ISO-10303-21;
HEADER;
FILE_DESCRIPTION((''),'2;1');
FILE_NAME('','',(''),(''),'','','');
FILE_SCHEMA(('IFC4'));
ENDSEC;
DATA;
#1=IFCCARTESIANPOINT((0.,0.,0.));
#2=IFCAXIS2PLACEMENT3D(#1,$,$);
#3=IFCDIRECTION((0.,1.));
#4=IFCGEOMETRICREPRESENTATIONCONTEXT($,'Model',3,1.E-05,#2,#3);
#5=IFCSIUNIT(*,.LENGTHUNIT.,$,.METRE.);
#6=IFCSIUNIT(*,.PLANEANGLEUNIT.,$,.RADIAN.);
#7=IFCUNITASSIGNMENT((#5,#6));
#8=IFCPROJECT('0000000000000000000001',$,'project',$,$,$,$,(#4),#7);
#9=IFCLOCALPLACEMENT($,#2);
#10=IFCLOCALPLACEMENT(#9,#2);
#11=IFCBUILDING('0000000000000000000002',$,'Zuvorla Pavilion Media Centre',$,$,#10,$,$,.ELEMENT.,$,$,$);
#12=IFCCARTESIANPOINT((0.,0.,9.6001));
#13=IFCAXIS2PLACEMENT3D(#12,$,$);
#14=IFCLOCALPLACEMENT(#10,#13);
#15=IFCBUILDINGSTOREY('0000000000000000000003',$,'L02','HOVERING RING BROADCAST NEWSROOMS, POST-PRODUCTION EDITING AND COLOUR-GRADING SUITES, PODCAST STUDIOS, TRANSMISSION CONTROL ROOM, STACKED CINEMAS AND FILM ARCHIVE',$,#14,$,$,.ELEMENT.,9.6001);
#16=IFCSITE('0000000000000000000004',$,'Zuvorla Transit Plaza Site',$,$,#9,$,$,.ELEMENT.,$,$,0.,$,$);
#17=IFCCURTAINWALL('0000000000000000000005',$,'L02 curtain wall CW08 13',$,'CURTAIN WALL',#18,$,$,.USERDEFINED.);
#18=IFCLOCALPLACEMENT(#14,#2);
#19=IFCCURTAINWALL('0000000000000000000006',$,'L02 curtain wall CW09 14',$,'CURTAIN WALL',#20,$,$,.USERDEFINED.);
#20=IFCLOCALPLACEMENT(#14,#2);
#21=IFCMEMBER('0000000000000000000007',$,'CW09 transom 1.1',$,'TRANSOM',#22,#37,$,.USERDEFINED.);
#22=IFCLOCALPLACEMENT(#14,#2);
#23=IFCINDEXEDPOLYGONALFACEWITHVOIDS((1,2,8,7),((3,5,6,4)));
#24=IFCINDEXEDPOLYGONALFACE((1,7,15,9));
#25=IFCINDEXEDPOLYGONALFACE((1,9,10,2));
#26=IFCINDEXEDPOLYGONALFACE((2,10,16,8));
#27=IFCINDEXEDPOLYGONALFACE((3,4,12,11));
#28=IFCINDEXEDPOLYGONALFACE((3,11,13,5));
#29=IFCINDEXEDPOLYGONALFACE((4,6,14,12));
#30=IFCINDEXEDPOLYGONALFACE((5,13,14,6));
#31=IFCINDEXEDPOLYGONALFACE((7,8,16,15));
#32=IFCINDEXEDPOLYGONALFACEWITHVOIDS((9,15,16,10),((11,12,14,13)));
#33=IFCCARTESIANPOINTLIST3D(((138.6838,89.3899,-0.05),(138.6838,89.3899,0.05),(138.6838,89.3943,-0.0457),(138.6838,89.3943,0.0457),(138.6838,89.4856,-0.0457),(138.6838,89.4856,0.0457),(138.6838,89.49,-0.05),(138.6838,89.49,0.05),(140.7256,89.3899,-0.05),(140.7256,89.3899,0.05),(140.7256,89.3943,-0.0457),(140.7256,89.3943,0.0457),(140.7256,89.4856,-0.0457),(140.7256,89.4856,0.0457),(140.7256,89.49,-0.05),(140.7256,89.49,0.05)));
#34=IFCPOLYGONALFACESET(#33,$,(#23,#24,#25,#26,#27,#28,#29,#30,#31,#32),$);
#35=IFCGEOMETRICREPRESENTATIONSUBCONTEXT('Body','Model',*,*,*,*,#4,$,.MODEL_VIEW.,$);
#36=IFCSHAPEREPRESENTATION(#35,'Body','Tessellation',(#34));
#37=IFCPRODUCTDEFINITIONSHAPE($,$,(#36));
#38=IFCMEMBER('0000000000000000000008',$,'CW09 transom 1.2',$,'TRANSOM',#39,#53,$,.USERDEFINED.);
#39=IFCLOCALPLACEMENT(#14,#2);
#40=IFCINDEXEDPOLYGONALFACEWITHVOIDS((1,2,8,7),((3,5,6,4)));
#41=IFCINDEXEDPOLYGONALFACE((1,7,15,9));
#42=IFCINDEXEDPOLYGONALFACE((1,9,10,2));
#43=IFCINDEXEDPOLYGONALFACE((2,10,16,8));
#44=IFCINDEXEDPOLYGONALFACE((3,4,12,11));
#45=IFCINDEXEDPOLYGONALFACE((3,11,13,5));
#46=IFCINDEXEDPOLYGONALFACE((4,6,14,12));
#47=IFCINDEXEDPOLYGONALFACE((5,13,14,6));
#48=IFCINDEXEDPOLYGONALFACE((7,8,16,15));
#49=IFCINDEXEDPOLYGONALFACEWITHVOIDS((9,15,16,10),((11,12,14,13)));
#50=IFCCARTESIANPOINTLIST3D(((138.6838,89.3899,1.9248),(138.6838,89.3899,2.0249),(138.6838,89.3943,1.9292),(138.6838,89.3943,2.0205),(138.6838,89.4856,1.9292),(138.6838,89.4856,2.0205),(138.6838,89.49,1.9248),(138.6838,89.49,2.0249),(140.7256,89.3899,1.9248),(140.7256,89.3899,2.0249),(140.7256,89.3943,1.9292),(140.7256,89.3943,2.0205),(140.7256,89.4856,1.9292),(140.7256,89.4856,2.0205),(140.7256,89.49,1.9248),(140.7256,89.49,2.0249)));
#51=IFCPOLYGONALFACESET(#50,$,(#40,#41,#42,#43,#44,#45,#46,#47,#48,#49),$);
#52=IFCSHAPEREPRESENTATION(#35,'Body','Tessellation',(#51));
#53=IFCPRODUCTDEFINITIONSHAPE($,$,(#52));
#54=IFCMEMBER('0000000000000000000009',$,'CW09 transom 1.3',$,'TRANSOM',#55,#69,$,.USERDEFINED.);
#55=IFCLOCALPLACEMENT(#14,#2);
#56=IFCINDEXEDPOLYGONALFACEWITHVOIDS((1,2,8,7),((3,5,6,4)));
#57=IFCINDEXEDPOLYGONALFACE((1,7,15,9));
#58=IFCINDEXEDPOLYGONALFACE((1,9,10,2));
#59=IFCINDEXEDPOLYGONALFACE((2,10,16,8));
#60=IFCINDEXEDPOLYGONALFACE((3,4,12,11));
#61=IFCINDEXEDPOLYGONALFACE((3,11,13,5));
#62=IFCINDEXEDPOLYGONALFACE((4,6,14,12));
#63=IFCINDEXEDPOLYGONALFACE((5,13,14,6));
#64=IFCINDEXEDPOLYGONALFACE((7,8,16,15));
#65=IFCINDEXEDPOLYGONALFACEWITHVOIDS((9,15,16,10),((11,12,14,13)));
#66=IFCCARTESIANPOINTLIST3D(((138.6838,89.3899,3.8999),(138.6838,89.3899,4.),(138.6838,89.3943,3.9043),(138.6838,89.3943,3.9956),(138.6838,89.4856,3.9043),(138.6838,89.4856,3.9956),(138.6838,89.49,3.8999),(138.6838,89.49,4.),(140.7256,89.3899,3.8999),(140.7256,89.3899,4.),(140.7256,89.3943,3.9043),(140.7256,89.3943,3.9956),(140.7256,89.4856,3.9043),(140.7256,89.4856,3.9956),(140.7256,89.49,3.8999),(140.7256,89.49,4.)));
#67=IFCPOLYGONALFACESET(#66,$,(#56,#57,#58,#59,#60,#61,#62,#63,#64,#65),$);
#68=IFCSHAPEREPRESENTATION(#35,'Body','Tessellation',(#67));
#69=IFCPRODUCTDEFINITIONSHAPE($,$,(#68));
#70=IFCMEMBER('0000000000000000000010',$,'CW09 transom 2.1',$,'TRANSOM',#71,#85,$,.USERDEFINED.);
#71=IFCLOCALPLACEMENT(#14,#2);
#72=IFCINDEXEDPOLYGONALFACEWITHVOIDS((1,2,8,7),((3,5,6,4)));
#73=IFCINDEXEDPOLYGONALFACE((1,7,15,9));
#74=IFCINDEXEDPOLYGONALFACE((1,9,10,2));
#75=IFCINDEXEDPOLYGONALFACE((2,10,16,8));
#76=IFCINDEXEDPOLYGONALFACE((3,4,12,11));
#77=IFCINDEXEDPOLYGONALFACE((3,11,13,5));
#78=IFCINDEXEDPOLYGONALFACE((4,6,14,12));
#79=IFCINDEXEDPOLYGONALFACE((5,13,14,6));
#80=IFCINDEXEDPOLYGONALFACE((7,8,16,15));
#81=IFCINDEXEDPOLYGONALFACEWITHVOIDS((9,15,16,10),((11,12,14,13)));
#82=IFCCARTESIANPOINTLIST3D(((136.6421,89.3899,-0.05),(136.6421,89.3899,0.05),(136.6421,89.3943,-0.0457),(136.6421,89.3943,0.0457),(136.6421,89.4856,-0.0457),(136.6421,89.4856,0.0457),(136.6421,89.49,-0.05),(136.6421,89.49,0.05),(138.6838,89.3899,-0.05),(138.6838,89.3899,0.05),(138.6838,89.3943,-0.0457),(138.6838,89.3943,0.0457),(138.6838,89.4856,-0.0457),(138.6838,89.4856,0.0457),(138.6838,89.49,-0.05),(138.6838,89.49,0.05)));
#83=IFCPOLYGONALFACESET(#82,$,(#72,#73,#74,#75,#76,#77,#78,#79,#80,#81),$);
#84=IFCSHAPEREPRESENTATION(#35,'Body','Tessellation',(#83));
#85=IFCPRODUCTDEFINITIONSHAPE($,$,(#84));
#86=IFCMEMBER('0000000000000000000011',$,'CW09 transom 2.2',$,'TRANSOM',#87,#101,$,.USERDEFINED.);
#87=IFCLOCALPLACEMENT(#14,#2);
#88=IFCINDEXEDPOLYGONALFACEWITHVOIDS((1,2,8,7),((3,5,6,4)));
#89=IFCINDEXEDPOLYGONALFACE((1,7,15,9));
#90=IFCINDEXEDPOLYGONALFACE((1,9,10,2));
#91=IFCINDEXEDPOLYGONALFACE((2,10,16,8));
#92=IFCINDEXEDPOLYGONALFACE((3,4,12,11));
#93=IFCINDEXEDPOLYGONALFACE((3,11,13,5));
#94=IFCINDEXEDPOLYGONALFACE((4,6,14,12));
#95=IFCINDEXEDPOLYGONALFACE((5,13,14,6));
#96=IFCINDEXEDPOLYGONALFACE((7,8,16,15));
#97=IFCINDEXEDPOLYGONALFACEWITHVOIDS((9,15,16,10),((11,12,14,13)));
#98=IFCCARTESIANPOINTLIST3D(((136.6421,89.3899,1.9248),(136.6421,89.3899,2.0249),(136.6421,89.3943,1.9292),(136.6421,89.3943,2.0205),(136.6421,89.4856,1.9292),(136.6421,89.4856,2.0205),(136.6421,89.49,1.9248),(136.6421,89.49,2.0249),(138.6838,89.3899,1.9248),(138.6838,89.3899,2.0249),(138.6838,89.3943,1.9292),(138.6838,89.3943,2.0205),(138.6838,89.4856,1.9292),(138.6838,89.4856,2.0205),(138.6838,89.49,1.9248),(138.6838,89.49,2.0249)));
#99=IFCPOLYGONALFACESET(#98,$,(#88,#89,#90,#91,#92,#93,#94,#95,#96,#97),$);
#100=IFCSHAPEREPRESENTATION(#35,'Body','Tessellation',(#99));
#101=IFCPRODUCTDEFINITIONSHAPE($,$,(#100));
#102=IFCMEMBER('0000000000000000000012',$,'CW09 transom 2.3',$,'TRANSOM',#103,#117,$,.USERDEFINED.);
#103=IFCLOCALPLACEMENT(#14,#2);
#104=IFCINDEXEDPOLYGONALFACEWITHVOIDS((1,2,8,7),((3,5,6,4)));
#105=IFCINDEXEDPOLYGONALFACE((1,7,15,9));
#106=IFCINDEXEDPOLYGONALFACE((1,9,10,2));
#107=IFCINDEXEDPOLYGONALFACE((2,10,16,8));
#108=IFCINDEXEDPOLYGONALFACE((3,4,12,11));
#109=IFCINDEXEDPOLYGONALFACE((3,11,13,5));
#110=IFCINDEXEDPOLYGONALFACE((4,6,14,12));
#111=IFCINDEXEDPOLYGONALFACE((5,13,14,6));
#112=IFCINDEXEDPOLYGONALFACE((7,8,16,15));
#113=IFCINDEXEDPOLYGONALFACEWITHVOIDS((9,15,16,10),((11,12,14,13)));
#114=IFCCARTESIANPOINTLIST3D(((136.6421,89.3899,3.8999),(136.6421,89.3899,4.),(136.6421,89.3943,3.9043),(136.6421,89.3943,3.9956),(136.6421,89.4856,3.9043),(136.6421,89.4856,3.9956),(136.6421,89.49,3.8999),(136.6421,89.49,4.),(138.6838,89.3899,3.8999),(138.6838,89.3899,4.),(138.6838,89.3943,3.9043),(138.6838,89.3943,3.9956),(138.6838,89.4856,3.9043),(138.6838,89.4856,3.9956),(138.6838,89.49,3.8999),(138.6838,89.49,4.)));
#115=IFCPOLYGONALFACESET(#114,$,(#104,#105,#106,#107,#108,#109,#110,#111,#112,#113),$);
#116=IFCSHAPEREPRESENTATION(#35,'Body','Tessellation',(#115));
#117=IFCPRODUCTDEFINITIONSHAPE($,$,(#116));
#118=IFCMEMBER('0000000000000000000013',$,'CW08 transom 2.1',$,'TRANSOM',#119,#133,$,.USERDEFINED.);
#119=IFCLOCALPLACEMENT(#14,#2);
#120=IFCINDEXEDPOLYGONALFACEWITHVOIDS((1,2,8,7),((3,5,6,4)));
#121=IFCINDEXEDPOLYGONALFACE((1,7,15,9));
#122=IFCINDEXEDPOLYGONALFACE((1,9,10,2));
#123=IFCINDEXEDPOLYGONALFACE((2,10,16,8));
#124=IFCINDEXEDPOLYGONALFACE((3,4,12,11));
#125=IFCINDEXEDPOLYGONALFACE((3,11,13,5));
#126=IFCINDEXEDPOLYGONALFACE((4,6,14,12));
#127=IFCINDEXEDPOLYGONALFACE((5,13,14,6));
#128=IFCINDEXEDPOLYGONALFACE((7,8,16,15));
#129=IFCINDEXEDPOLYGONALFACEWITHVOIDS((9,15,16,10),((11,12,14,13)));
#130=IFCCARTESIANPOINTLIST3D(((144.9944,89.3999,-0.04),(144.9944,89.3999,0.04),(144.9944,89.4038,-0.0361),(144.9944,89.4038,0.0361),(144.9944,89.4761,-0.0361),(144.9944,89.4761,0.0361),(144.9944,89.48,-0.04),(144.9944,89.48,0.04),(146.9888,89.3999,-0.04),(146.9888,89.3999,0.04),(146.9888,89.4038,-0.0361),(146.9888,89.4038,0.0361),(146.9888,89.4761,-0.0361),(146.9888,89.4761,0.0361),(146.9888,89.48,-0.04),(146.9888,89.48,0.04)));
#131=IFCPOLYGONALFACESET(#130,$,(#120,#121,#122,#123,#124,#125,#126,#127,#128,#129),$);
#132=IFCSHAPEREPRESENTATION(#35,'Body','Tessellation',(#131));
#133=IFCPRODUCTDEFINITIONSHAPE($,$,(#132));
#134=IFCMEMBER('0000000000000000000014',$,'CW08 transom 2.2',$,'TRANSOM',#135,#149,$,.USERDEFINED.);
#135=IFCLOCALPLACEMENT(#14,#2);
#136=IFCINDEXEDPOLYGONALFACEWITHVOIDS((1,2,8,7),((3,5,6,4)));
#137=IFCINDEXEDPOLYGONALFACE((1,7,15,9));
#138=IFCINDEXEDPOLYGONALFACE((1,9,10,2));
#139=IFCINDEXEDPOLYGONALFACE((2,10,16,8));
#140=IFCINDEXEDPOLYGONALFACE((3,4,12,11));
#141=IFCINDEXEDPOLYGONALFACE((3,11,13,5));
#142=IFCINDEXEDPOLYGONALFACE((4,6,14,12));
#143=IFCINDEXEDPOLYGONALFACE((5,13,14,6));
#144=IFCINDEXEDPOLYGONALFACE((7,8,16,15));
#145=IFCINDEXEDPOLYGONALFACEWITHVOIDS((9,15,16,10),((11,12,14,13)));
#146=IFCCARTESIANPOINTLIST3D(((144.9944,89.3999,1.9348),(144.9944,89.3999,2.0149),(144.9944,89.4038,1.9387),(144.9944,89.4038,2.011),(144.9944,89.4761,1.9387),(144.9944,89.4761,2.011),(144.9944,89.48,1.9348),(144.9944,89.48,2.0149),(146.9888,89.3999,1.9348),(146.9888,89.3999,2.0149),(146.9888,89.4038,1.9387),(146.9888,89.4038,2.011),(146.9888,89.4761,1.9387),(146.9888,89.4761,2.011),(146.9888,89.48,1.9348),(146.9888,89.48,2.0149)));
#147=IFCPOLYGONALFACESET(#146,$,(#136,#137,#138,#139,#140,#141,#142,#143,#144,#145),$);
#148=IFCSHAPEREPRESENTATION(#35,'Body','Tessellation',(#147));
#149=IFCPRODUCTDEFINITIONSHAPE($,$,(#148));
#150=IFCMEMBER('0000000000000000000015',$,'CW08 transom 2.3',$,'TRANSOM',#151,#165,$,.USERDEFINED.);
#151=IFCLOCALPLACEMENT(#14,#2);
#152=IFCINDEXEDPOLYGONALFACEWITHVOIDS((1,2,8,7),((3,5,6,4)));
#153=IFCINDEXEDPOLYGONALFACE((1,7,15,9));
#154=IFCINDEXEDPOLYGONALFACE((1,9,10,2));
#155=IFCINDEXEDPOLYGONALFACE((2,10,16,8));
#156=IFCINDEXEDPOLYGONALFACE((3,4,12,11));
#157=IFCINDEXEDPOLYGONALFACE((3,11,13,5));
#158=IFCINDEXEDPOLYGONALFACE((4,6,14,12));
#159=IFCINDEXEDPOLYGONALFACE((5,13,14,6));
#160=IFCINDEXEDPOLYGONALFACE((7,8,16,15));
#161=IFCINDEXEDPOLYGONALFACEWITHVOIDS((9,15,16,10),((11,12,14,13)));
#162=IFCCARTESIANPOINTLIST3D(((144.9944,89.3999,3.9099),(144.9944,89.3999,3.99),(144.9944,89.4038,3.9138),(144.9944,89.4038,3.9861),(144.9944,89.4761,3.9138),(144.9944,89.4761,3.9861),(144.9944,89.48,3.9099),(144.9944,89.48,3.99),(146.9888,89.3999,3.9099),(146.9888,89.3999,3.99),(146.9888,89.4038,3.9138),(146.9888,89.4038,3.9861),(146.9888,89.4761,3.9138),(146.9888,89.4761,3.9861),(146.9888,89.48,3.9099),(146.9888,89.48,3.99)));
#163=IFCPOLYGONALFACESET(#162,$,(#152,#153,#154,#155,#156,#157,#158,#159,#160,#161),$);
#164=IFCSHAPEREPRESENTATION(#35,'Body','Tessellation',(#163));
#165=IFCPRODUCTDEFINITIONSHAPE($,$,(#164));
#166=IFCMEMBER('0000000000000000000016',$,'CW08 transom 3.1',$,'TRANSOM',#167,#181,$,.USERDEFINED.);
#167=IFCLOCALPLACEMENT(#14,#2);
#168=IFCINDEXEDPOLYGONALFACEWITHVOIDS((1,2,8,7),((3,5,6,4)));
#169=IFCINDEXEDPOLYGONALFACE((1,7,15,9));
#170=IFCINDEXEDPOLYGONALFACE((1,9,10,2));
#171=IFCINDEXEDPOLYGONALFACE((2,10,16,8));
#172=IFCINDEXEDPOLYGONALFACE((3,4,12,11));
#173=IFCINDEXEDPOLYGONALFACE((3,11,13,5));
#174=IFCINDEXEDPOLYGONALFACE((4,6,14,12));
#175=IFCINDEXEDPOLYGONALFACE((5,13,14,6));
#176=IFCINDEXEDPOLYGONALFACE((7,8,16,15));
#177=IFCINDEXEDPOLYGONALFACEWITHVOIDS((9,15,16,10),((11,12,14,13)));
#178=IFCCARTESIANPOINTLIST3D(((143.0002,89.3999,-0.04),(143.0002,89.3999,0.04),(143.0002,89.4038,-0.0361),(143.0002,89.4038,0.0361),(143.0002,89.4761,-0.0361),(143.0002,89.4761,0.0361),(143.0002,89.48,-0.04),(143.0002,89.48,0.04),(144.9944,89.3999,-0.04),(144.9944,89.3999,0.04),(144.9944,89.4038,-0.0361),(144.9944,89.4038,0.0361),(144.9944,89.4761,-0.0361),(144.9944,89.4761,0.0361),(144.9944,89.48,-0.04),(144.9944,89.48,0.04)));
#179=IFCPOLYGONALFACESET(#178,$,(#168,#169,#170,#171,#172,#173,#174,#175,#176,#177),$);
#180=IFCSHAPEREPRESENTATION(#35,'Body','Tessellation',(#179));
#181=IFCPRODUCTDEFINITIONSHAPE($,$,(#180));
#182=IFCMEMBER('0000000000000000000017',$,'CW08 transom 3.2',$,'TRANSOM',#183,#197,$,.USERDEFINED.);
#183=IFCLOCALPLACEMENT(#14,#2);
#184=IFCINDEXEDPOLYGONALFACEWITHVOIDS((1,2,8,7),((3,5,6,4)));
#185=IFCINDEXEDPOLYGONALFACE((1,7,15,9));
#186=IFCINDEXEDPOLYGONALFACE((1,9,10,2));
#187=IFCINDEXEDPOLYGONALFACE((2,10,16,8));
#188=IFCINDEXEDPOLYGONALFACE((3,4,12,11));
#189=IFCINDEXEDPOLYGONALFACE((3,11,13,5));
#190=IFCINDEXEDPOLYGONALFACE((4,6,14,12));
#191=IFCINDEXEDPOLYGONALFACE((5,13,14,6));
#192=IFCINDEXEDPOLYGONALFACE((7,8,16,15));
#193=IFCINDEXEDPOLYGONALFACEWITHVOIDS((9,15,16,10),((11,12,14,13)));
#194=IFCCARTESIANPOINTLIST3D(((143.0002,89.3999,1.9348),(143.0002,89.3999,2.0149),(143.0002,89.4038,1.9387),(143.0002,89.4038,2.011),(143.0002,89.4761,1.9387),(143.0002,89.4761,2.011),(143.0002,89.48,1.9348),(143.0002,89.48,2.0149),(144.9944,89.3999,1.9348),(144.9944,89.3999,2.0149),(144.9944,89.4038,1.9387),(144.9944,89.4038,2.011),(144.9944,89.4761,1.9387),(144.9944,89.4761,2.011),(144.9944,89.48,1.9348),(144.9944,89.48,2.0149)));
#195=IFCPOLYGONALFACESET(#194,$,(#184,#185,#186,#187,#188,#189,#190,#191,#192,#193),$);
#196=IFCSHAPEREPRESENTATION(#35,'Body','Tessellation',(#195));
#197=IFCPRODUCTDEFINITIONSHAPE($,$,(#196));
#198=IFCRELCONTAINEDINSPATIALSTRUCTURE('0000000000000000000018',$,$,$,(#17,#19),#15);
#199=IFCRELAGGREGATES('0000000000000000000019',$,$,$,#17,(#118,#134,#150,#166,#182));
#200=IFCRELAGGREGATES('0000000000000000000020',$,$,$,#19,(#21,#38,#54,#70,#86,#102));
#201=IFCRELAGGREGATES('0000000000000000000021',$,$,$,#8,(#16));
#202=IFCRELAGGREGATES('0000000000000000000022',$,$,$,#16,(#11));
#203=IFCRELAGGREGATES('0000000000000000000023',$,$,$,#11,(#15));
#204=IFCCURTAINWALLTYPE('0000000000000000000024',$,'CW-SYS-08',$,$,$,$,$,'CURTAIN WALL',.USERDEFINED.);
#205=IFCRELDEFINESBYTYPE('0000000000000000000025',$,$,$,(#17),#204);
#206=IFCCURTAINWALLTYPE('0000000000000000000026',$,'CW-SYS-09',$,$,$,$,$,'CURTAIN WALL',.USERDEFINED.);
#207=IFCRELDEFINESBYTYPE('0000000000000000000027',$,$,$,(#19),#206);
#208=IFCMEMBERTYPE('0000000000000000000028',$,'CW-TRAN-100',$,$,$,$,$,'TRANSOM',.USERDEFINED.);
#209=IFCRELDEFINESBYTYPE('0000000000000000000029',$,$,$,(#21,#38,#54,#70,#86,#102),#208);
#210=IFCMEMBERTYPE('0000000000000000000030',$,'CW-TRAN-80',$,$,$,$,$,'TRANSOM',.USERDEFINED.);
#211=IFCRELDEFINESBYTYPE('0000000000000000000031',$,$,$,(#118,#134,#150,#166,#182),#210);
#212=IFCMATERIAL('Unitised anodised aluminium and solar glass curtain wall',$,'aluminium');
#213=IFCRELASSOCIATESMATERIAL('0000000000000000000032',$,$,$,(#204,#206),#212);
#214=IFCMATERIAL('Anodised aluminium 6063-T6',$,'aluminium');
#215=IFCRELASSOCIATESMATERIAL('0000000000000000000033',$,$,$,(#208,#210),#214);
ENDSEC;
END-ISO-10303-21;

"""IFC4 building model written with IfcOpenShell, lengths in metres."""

from ifc_helpers import new_model, si_unit, direction, frame, origin, origin_2d, place, context, subcontext, project, spatial, hollow_rectangle, extrude, material, material_profile, profile_set, type_object, element, aggregate, save


model = new_model("IFC4")

# Units and contexts
model_context = context("Model", 3, precision=1e-05, world=origin(), true_north=direction((0.0, 1.0)))
body_context = subcontext(model_context, "Body", "Model", "MODEL_VIEW")
ifc_project = project(units=[si_unit("LENGTHUNIT", "METRE"), si_unit("PLANEANGLEUNIT", "RADIAN")], contexts=[model_context])

# Site, building, storey
site_placement = place(None, origin())
site = spatial("IfcSite", under=ifc_project, at=site_placement, Name="Zuvorla Transit Plaza Site", CompositionType="ELEMENT", RefElevation=0.0)
building_placement = place(site_placement, origin())
building = spatial("IfcBuilding", under=site, at=building_placement, Name="Zuvorla Pavilion Media Centre", CompositionType="ELEMENT")
storey_placement = place(building_placement, frame((0.0, 0.0, 9.6001)))
storey = spatial("IfcBuildingStorey", under=building, at=storey_placement, Name="L02", Description="HOVERING RING BROADCAST NEWSROOMS, POST-PRODUCTION EDITING AND COLOUR-GRADING SUITES, PODCAST STUDIOS, TRANSMISSION CONTROL ROOM, STACKED CINEMAS AND FILM ARCHIVE", CompositionType="ELEMENT", Elevation=9.6001)

# Curtain walls, members
ifc_material_1 = material(Name="Unitised anodised aluminium and solar glass curtain wall", Category="aluminium")
curtain_wall_type_1 = type_object("IfcCurtainWallType", Name="CW-SYS-08", ElementType="CURTAIN WALL", PredefinedType="USERDEFINED", material=ifc_material_1)
curtain_wall_1_placement = place(storey_placement, origin())
curtain_wall_1 = element("IfcCurtainWall", 1, at=curtain_wall_1_placement, inside=storey, type_object=curtain_wall_type_1, Name="L02 curtain wall CW08 13", ObjectType="CURTAIN WALL", PredefinedType="USERDEFINED")
ifc_material_2 = material(Name="Anodised aluminium 6063-T6", Category="aluminium")
curtain_wall_type_2 = type_object("IfcCurtainWallType", Name="CW-SYS-09", ElementType="CURTAIN WALL", PredefinedType="USERDEFINED", material=ifc_material_1)
curtain_wall_2_placement = place(storey_placement, origin())
curtain_wall_2 = element("IfcCurtainWall", 2, at=curtain_wall_2_placement, inside=storey, type_object=curtain_wall_type_2, Name="L02 curtain wall CW09 14", ObjectType="CURTAIN WALL", PredefinedType="USERDEFINED")
ifc_material_profile_1 = material_profile(ifc_material_2, hollow_rectangle(XDim=0.1001, YDim=0.1001, WallThickness=0.0044, at=origin_2d()), Name="ALU TRAN 100x100")
ifc_profile_set_1 = profile_set([ifc_material_profile_1], Name="Anodised aluminium 6063-T6")
member_type_1 = type_object("IfcMemberType", Name="CW-TRAN-100", ElementType="TRANSOM", PredefinedType="USERDEFINED", material=ifc_profile_set_1)
member_1_placement = place(storey_placement, frame((140.7256, 89.4399, 0.0), z_axis=(-1.0, 0.0, 0.0), x_axis=(0.0, -1.0, 0.0)))
member_1 = element("IfcMember", 3, at=member_1_placement, type_object=member_type_1, Name="CW09 transom 1.1", ObjectType="TRANSOM", PredefinedType="USERDEFINED", context=body_context, shape_type="SweptSolid", body=[
    extrude(hollow_rectangle(XDim=0.1001, YDim=0.1001, WallThickness=0.0044, at=origin_2d()), origin(), (0.0, 0.0, 1.0), 2.0417),
])
member_2_placement = place(storey_placement, frame((140.7256, 89.4399, 1.9749), z_axis=(-1.0, 0.0, 0.0), x_axis=(0.0, -1.0, 0.0)))
member_2 = element("IfcMember", 4, at=member_2_placement, type_object=member_type_1, Name="CW09 transom 1.2", ObjectType="TRANSOM", PredefinedType="USERDEFINED", context=body_context, shape_type="SweptSolid", body=[
    extrude(hollow_rectangle(XDim=0.1001, YDim=0.1001, WallThickness=0.0044, at=origin_2d()), origin(), (0.0, 0.0, 1.0), 2.0417),
])
member_3_placement = place(storey_placement, frame((140.7256, 89.4399, 3.95), z_axis=(-1.0, 0.0, 0.0), x_axis=(0.0, -1.0, 0.0)))
member_3 = element("IfcMember", 5, at=member_3_placement, type_object=member_type_1, Name="CW09 transom 1.3", ObjectType="TRANSOM", PredefinedType="USERDEFINED", context=body_context, shape_type="SweptSolid", body=[
    extrude(hollow_rectangle(XDim=0.1001, YDim=0.1001, WallThickness=0.0044, at=origin_2d()), origin(), (0.0, 0.0, 1.0), 2.0417),
])
member_4_placement = place(storey_placement, frame((138.6838, 89.4399, 0.0), z_axis=(-1.0, 0.0, 0.0), x_axis=(0.0, -1.0, 0.0)))
member_4 = element("IfcMember", 6, at=member_4_placement, type_object=member_type_1, Name="CW09 transom 2.1", ObjectType="TRANSOM", PredefinedType="USERDEFINED", context=body_context, shape_type="SweptSolid", body=[
    extrude(hollow_rectangle(XDim=0.1001, YDim=0.1001, WallThickness=0.0044, at=origin_2d()), origin(), (0.0, 0.0, 1.0), 2.0417),
])
member_5_placement = place(storey_placement, frame((138.6838, 89.4399, 1.9749), z_axis=(-1.0, 0.0, 0.0), x_axis=(0.0, -1.0, 0.0)))
member_5 = element("IfcMember", 7, at=member_5_placement, type_object=member_type_1, Name="CW09 transom 2.2", ObjectType="TRANSOM", PredefinedType="USERDEFINED", context=body_context, shape_type="SweptSolid", body=[
    extrude(hollow_rectangle(XDim=0.1001, YDim=0.1001, WallThickness=0.0044, at=origin_2d()), origin(), (0.0, 0.0, 1.0), 2.0417),
])
member_6_placement = place(storey_placement, frame((138.6838, 89.4399, 3.95), z_axis=(-1.0, 0.0, 0.0), x_axis=(0.0, -1.0, 0.0)))
member_6 = element("IfcMember", 8, at=member_6_placement, type_object=member_type_1, Name="CW09 transom 2.3", ObjectType="TRANSOM", PredefinedType="USERDEFINED", context=body_context, shape_type="SweptSolid", body=[
    extrude(hollow_rectangle(XDim=0.1001, YDim=0.1001, WallThickness=0.0044, at=origin_2d()), origin(), (0.0, 0.0, 1.0), 2.0417),
])

# Members
ifc_material_profile_2 = material_profile(ifc_material_2, hollow_rectangle(XDim=0.0801, YDim=0.0801, WallThickness=0.0039, at=origin_2d()), Name="ALU TRAN 80x80")
ifc_profile_set_2 = profile_set([ifc_material_profile_2], Name="Anodised aluminium 6063-T6")
member_type_2 = type_object("IfcMemberType", Name="CW-TRAN-80", ElementType="TRANSOM", PredefinedType="USERDEFINED", material=ifc_profile_set_2)
member_7_placement = place(storey_placement, frame((146.9888, 89.4399, 0.0), z_axis=(-1.0, 0.0, 0.0), x_axis=(0.0, -1.0, 0.0)))
member_7 = element("IfcMember", 9, at=member_7_placement, type_object=member_type_2, Name="CW08 transom 2.1", ObjectType="TRANSOM", PredefinedType="USERDEFINED", context=body_context, shape_type="SweptSolid", body=[
    extrude(hollow_rectangle(XDim=0.0801, YDim=0.0801, WallThickness=0.0039, at=origin_2d()), origin(), (0.0, 0.0, 1.0), 1.9944),
])
member_8_placement = place(storey_placement, frame((146.9888, 89.4399, 1.9749), z_axis=(-1.0, 0.0, 0.0), x_axis=(0.0, -1.0, 0.0)))
member_8 = element("IfcMember", 10, at=member_8_placement, type_object=member_type_2, Name="CW08 transom 2.2", ObjectType="TRANSOM", PredefinedType="USERDEFINED", context=body_context, shape_type="SweptSolid", body=[
    extrude(hollow_rectangle(XDim=0.0801, YDim=0.0801, WallThickness=0.0039, at=origin_2d()), origin(), (0.0, 0.0, 1.0), 1.9944),
])
member_9_placement = place(storey_placement, frame((146.9888, 89.4399, 3.95), z_axis=(-1.0, 0.0, 0.0), x_axis=(0.0, -1.0, 0.0)))
member_9 = element("IfcMember", 11, at=member_9_placement, type_object=member_type_2, Name="CW08 transom 2.3", ObjectType="TRANSOM", PredefinedType="USERDEFINED", context=body_context, shape_type="SweptSolid", body=[
    extrude(hollow_rectangle(XDim=0.0801, YDim=0.0801, WallThickness=0.0039, at=origin_2d()), origin(), (0.0, 0.0, 1.0), 1.9944),
])
member_10_placement = place(storey_placement, frame((144.9944, 89.4399, 0.0), z_axis=(-1.0, 0.0, 0.0), x_axis=(0.0, -1.0, 0.0)))
member_10 = element("IfcMember", 12, at=member_10_placement, type_object=member_type_2, Name="CW08 transom 3.1", ObjectType="TRANSOM", PredefinedType="USERDEFINED", context=body_context, shape_type="SweptSolid", body=[
    extrude(hollow_rectangle(XDim=0.0801, YDim=0.0801, WallThickness=0.0039, at=origin_2d()), origin(), (0.0, 0.0, 1.0), 1.9941),
])
member_11_placement = place(storey_placement, frame((144.9944, 89.4399, 1.9749), z_axis=(-1.0, 0.0, 0.0), x_axis=(0.0, -1.0, 0.0)))
member_11 = element("IfcMember", 13, at=member_11_placement, type_object=member_type_2, Name="CW08 transom 3.2", ObjectType="TRANSOM", PredefinedType="USERDEFINED", context=body_context, shape_type="SweptSolid", body=[
    extrude(hollow_rectangle(XDim=0.0801, YDim=0.0801, WallThickness=0.0039, at=origin_2d()), origin(), (0.0, 0.0, 1.0), 1.9941),
])

aggregate(curtain_wall_1, [member_7, member_8, member_9, member_10, member_11])
aggregate(curtain_wall_2, [member_1, member_2, member_3, member_4, member_5, member_6])

save(model, "model.ifc")
